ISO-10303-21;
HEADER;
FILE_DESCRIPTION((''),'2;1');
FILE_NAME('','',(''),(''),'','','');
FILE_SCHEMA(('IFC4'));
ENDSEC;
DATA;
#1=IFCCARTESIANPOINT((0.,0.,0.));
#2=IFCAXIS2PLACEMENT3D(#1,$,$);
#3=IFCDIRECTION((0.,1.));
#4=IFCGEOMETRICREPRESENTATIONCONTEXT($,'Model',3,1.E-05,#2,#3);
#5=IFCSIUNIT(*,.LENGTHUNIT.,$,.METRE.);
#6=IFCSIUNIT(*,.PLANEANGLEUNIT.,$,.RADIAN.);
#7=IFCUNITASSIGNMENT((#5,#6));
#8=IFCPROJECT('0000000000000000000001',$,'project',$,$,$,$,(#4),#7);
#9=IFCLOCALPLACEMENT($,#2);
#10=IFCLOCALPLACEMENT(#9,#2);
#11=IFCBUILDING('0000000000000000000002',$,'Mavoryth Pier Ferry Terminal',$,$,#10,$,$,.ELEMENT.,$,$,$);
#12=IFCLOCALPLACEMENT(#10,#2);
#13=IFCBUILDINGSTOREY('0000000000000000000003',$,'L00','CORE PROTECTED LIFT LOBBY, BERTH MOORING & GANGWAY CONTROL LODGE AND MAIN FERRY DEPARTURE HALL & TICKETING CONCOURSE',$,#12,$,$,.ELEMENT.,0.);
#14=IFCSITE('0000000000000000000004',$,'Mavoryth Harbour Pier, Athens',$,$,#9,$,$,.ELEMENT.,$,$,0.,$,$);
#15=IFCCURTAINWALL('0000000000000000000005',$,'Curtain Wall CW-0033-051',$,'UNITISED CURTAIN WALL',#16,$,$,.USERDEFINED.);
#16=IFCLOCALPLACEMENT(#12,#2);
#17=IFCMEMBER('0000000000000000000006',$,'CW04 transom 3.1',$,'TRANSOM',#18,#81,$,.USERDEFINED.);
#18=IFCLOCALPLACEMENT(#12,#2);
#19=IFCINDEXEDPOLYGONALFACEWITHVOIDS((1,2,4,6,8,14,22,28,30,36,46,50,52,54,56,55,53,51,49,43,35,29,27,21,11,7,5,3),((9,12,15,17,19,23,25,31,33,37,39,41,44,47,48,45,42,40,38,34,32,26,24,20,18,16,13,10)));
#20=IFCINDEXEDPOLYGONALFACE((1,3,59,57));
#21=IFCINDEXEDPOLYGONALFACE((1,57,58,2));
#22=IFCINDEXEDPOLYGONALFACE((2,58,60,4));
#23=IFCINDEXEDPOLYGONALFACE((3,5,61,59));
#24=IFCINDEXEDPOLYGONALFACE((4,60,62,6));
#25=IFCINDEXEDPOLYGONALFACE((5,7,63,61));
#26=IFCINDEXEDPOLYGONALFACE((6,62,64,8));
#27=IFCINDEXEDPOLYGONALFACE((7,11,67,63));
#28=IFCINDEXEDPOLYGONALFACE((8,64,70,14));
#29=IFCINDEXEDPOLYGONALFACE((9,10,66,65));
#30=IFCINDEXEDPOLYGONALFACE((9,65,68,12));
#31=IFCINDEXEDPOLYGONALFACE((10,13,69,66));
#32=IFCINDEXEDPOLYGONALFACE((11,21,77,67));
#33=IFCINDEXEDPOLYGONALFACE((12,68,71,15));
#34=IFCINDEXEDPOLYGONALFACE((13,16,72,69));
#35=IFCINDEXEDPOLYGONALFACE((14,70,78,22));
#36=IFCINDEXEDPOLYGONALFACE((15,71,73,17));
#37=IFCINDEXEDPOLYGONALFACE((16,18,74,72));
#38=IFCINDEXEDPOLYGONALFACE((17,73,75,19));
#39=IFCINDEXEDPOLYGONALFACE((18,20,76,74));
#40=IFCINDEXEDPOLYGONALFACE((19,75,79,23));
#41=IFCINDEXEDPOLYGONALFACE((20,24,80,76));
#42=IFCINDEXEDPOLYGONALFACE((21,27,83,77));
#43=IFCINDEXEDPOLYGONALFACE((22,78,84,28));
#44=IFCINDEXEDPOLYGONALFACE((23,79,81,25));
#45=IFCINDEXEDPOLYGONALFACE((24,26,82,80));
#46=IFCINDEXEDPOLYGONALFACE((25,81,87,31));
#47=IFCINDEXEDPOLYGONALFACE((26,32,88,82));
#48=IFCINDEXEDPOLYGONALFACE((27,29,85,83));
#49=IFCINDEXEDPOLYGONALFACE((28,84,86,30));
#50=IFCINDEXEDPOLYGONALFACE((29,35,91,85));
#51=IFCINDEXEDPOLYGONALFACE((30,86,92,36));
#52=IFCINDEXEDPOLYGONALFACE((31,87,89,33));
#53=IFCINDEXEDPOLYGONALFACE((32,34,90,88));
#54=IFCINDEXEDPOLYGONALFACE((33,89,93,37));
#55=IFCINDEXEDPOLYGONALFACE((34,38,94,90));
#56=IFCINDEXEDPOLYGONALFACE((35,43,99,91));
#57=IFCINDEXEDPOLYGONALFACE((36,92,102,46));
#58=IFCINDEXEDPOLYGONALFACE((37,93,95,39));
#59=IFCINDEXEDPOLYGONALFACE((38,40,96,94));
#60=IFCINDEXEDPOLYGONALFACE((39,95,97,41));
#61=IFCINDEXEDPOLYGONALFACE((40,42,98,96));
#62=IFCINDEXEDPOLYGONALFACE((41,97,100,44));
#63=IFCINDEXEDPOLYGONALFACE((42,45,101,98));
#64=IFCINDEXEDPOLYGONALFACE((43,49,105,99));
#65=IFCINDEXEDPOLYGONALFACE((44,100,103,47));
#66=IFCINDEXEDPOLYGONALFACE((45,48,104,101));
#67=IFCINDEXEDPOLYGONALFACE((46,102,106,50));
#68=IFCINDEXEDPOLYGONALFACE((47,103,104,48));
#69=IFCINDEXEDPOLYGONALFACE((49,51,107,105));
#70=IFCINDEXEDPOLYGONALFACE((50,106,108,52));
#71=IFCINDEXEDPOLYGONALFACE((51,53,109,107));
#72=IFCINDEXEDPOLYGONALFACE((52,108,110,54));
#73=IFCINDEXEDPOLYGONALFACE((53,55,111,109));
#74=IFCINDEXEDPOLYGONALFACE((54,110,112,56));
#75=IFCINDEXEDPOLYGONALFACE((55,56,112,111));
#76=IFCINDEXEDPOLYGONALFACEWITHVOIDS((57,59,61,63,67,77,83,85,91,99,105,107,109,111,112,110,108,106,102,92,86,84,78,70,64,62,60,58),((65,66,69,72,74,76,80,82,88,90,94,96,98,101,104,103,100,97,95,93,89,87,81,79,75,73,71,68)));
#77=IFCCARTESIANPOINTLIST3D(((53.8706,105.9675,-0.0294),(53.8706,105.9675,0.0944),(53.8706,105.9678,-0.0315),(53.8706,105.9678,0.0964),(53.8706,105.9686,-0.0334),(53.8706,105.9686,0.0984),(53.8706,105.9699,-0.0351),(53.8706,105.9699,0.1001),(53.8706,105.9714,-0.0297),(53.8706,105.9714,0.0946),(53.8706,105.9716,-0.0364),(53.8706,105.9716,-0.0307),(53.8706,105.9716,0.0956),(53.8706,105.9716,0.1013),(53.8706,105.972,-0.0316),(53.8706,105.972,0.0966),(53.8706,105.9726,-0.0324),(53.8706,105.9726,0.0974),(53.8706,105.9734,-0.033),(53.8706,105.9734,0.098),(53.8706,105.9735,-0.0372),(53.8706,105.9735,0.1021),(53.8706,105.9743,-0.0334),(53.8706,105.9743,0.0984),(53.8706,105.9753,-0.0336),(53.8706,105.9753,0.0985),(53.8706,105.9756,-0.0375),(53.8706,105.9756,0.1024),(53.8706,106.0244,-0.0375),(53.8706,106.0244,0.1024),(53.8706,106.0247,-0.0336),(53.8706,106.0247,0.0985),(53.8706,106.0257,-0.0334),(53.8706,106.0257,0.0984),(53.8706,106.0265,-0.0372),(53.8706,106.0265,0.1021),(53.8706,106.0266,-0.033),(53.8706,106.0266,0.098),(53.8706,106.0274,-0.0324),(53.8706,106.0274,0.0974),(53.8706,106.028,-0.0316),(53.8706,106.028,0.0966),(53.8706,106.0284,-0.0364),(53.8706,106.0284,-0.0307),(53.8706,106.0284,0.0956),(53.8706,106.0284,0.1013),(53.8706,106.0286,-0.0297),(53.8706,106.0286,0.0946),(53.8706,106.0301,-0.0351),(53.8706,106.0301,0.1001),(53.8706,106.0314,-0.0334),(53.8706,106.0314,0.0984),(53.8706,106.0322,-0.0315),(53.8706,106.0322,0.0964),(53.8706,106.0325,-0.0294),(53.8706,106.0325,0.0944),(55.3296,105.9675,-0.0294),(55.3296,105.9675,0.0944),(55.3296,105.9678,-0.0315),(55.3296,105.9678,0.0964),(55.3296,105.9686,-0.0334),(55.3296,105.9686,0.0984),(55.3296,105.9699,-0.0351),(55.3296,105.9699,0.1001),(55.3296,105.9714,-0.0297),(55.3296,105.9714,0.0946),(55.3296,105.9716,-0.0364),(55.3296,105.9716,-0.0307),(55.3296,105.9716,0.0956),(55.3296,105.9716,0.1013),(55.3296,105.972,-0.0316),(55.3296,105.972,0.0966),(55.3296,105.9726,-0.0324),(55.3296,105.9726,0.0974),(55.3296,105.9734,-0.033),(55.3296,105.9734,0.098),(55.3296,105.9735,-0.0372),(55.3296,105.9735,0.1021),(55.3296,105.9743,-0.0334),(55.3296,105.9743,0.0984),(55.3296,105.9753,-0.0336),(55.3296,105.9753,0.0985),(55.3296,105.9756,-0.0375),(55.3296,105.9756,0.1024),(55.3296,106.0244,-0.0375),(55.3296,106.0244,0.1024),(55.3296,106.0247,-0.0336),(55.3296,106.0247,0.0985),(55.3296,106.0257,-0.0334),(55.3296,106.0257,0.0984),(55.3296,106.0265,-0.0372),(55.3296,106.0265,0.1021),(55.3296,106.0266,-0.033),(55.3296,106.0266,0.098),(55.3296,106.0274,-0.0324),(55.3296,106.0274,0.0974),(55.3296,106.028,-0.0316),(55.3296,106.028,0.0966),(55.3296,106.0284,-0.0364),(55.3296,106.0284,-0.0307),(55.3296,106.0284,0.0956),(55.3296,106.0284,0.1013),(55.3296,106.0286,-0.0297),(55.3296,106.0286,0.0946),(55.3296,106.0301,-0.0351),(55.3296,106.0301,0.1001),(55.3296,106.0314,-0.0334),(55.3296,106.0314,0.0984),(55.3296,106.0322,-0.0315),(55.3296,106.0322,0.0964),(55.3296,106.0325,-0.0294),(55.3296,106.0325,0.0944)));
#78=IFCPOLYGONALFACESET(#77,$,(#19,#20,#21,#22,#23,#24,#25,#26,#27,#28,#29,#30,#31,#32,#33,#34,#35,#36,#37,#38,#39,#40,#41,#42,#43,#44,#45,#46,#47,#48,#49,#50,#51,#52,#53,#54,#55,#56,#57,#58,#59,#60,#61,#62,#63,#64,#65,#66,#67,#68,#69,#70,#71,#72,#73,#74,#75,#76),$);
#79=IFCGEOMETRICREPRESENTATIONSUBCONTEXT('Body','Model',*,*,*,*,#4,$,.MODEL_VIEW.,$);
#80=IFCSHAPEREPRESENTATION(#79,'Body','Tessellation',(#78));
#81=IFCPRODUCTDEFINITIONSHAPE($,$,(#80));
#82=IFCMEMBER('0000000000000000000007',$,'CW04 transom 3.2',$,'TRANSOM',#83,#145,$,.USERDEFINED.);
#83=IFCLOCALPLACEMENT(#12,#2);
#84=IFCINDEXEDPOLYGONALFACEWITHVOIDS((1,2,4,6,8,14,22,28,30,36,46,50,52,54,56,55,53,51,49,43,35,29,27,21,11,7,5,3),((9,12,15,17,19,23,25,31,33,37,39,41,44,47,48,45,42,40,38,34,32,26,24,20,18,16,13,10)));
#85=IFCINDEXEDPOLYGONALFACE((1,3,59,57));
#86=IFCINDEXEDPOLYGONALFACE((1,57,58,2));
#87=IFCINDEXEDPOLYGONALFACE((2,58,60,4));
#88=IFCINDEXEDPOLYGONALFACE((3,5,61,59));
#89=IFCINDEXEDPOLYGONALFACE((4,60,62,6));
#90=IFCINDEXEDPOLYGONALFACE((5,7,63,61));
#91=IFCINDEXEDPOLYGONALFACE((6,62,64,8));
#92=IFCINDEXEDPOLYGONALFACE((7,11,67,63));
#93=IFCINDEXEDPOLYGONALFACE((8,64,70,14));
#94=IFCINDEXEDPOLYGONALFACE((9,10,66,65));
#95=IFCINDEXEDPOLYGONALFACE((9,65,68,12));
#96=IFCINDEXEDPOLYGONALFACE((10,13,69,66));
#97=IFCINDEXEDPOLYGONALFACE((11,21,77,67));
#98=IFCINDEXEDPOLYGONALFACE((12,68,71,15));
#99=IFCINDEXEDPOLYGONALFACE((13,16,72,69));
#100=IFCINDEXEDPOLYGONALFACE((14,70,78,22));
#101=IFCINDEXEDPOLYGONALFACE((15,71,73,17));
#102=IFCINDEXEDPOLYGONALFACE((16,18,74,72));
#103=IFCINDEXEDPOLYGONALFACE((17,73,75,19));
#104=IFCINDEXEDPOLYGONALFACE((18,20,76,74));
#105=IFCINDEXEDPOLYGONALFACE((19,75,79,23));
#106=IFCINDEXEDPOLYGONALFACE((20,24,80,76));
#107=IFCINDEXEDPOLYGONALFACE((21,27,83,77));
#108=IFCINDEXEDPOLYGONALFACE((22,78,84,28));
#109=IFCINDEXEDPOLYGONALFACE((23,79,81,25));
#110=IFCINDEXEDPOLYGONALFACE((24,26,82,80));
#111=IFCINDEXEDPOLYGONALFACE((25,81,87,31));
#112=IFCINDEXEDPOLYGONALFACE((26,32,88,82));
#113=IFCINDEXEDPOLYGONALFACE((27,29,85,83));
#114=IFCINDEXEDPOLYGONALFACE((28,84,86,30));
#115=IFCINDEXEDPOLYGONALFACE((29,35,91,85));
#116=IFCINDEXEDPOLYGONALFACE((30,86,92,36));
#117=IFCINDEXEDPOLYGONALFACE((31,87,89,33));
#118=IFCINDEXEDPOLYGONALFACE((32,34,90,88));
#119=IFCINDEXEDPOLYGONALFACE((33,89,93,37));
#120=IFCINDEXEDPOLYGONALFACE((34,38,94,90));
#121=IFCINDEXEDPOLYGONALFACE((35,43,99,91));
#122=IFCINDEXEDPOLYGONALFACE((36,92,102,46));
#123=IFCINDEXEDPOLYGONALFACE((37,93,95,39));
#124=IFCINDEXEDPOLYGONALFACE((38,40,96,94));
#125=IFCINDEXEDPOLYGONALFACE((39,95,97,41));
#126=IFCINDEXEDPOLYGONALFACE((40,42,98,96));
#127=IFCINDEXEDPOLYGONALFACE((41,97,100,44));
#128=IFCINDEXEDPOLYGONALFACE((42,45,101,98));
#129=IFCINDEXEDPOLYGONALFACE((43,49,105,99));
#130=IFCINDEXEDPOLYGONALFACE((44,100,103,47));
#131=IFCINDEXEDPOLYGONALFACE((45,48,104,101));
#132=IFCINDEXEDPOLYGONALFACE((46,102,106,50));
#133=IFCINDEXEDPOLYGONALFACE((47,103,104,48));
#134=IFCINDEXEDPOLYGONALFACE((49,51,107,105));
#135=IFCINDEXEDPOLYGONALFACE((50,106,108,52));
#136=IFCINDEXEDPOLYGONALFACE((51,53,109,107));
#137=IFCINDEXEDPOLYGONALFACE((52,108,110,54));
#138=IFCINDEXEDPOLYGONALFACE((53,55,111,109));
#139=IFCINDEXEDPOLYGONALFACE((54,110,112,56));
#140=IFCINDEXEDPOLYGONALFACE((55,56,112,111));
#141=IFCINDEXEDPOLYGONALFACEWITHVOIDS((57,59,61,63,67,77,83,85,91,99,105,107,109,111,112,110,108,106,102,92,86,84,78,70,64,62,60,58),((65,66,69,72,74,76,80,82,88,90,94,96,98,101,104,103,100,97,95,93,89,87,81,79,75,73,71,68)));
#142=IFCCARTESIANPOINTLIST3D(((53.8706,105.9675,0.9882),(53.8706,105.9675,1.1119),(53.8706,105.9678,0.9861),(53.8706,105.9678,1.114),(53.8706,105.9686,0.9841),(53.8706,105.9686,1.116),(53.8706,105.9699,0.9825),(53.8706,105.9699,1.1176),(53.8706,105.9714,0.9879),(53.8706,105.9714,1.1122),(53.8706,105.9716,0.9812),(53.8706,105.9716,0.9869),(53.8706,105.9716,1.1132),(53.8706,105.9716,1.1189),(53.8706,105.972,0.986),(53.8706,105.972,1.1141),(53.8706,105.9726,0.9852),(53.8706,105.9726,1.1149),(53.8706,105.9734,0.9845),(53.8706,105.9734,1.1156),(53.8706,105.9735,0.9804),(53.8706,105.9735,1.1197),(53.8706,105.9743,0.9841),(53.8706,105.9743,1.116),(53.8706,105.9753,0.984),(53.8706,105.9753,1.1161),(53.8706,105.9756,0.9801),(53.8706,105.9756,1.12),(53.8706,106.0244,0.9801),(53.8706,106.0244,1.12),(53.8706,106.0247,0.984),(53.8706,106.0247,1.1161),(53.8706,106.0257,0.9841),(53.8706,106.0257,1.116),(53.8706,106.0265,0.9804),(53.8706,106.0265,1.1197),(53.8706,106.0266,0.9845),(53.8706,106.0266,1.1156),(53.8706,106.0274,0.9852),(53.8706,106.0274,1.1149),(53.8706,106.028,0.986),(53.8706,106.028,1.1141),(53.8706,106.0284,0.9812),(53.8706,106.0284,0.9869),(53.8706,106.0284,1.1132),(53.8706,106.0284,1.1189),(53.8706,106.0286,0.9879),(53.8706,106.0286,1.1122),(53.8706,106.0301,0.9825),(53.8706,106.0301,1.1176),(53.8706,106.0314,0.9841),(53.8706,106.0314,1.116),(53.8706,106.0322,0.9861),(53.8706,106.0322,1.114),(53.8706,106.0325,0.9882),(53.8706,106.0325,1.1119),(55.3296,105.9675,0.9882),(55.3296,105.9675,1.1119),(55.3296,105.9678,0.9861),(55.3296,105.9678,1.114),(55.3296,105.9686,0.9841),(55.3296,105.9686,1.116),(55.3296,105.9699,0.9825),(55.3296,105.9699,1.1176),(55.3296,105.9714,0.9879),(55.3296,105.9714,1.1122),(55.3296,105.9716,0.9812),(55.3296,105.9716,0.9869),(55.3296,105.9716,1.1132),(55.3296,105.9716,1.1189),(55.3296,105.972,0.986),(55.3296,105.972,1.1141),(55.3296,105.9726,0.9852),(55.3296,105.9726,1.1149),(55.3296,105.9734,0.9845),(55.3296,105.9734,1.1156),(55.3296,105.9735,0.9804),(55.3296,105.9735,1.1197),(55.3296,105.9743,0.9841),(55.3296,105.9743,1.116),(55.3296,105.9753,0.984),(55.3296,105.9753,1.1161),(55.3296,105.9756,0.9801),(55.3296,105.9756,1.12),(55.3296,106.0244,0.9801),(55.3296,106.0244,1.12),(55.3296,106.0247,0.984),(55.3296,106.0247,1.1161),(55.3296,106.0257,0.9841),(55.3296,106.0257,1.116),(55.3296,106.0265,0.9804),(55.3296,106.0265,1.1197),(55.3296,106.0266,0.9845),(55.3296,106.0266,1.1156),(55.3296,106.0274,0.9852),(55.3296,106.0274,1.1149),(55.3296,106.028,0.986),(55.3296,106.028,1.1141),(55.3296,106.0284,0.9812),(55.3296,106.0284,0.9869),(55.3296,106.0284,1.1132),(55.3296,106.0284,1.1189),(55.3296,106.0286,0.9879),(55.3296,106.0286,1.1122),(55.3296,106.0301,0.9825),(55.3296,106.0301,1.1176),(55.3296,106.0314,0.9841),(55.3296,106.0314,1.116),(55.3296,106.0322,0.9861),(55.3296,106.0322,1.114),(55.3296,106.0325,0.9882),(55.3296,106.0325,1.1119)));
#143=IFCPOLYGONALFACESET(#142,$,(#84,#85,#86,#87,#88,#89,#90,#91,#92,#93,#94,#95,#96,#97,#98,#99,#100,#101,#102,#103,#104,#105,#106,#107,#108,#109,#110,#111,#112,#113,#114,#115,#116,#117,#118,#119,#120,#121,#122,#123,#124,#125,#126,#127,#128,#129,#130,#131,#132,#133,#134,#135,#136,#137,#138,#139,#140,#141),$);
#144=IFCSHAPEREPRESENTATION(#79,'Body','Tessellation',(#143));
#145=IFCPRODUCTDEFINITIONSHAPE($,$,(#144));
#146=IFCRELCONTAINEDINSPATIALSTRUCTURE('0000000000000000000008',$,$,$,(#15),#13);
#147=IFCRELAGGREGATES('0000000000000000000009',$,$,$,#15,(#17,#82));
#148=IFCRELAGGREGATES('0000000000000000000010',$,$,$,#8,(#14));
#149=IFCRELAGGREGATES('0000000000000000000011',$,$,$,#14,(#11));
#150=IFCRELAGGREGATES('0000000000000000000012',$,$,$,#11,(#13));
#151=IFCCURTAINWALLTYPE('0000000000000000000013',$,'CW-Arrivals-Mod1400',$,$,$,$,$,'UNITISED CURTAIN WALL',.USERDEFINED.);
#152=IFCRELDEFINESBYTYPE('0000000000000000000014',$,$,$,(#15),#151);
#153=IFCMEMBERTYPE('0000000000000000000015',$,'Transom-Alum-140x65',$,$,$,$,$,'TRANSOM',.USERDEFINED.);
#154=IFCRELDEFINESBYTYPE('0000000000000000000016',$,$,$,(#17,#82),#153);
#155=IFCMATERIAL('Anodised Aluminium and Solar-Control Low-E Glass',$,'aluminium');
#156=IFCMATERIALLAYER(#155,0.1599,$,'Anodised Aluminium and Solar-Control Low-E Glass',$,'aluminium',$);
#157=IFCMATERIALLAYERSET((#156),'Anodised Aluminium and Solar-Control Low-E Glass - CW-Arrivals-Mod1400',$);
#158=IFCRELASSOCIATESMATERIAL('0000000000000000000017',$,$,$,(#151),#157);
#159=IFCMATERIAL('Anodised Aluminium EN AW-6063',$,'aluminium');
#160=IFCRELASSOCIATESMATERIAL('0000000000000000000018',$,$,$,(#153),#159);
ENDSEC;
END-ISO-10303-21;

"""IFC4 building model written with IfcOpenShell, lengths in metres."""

from ifc_helpers import new_model, si_unit, direction, frame, origin, origin_2d, place, context, subcontext, project, spatial, hollow_rectangle, extrude, material, layer, layer_set, material_profile, profile_set, type_object, element, aggregate, save


model = new_model("IFC4")

# Units and contexts
model_context = context("Model", 3, precision=1e-05, world=origin(), true_north=direction((0.0, 1.0)))
body_context = subcontext(model_context, "Body", "Model", "MODEL_VIEW")
ifc_project = project(units=[si_unit("LENGTHUNIT", "METRE"), si_unit("PLANEANGLEUNIT", "RADIAN")], contexts=[model_context])

# Site, building, storey
site_placement = place(None, origin())
site = spatial("IfcSite", under=ifc_project, at=site_placement, Name="Mavoryth Harbour Pier, Athens", CompositionType="ELEMENT", RefElevation=0.0)
building_placement = place(site_placement, origin())
building = spatial("IfcBuilding", under=site, at=building_placement, Name="Mavoryth Pier Ferry Terminal", CompositionType="ELEMENT")
storey_placement = place(building_placement, origin())
storey = spatial("IfcBuildingStorey", under=building, at=storey_placement, Name="L00", Description="CORE PROTECTED LIFT LOBBY, BERTH MOORING & GANGWAY CONTROL LODGE AND MAIN FERRY DEPARTURE HALL & TICKETING CONCOURSE", CompositionType="ELEMENT", Elevation=0.0)

# Curtain wall, members
ifc_material_1 = material(Name="Anodised Aluminium and Solar-Control Low-E Glass", Category="aluminium")
ifc_layer_1 = layer(ifc_material_1, 0.1599, Name="Anodised Aluminium and Solar-Control Low-E Glass", Category="aluminium")
ifc_layer_set_1 = layer_set([ifc_layer_1], Name="Anodised Aluminium and Solar-Control Low-E Glass - CW-Arrivals-Mod1400")
curtain_wall_type = type_object("IfcCurtainWallType", Name="CW-Arrivals-Mod1400", ElementType="UNITISED CURTAIN WALL", PredefinedType="USERDEFINED", material=ifc_layer_set_1)
curtain_wall_placement = place(storey_placement, origin())
curtain_wall = element("IfcCurtainWall", 1, at=curtain_wall_placement, inside=storey, type_object=curtain_wall_type, Name="Curtain Wall CW-0033-051", ObjectType="UNITISED CURTAIN WALL", PredefinedType="USERDEFINED")
ifc_material_2 = material(Name="Anodised Aluminium EN AW-6063", Category="aluminium")
ifc_material_profile_1 = material_profile(ifc_material_2, hollow_rectangle(XDim=0.0649, YDim=0.1399, WallThickness=0.0039, InnerFilletRadius=0.0039, OuterFilletRadius=0.0081, at=origin_2d()), Name="AL-TRAN 140x65x4", Category="aluminium")
ifc_profile_set_1 = profile_set([ifc_material_profile_1], Name="Anodised Aluminium EN AW-6063 - AL-TRAN 140x65x4")
member_type_1 = type_object("IfcMemberType", Name="Transom-Alum-140x65", ElementType="TRANSOM", PredefinedType="USERDEFINED", material=ifc_profile_set_1)
member_1_placement = place(storey_placement, frame((55.3296, 106.0, 0.0325), z_axis=(-1.0, 0.0, 0.0), x_axis=(0.0, -1.0, 0.0)))
member_1 = element("IfcMember", 2, at=member_1_placement, type_object=member_type_1, Name="CW04 transom 3.1", ObjectType="TRANSOM", PredefinedType="USERDEFINED", context=body_context, shape_type="SweptSolid", body=[
    extrude(hollow_rectangle(XDim=0.0649, YDim=0.1399, WallThickness=0.0039, InnerFilletRadius=0.0039, OuterFilletRadius=0.0081, at=origin_2d()), origin(), (0.0, 0.0, 1.0), 1.459),
])
member_2_placement = place(storey_placement, frame((55.3296, 106.0, 1.05), z_axis=(-1.0, 0.0, 0.0), x_axis=(0.0, -1.0, 0.0)))
member_2 = element("IfcMember", 3, at=member_2_placement, type_object=member_type_1, Name="CW04 transom 3.2", ObjectType="TRANSOM", PredefinedType="USERDEFINED", context=body_context, shape_type="SweptSolid", body=[
    extrude(hollow_rectangle(XDim=0.0649, YDim=0.1399, WallThickness=0.0039, InnerFilletRadius=0.0039, OuterFilletRadius=0.0081, at=origin_2d()), origin(), (0.0, 0.0, 1.0), 1.459),
])
aggregate(curtain_wall, [member_1, member_2])

save(model, "model.ifc")
